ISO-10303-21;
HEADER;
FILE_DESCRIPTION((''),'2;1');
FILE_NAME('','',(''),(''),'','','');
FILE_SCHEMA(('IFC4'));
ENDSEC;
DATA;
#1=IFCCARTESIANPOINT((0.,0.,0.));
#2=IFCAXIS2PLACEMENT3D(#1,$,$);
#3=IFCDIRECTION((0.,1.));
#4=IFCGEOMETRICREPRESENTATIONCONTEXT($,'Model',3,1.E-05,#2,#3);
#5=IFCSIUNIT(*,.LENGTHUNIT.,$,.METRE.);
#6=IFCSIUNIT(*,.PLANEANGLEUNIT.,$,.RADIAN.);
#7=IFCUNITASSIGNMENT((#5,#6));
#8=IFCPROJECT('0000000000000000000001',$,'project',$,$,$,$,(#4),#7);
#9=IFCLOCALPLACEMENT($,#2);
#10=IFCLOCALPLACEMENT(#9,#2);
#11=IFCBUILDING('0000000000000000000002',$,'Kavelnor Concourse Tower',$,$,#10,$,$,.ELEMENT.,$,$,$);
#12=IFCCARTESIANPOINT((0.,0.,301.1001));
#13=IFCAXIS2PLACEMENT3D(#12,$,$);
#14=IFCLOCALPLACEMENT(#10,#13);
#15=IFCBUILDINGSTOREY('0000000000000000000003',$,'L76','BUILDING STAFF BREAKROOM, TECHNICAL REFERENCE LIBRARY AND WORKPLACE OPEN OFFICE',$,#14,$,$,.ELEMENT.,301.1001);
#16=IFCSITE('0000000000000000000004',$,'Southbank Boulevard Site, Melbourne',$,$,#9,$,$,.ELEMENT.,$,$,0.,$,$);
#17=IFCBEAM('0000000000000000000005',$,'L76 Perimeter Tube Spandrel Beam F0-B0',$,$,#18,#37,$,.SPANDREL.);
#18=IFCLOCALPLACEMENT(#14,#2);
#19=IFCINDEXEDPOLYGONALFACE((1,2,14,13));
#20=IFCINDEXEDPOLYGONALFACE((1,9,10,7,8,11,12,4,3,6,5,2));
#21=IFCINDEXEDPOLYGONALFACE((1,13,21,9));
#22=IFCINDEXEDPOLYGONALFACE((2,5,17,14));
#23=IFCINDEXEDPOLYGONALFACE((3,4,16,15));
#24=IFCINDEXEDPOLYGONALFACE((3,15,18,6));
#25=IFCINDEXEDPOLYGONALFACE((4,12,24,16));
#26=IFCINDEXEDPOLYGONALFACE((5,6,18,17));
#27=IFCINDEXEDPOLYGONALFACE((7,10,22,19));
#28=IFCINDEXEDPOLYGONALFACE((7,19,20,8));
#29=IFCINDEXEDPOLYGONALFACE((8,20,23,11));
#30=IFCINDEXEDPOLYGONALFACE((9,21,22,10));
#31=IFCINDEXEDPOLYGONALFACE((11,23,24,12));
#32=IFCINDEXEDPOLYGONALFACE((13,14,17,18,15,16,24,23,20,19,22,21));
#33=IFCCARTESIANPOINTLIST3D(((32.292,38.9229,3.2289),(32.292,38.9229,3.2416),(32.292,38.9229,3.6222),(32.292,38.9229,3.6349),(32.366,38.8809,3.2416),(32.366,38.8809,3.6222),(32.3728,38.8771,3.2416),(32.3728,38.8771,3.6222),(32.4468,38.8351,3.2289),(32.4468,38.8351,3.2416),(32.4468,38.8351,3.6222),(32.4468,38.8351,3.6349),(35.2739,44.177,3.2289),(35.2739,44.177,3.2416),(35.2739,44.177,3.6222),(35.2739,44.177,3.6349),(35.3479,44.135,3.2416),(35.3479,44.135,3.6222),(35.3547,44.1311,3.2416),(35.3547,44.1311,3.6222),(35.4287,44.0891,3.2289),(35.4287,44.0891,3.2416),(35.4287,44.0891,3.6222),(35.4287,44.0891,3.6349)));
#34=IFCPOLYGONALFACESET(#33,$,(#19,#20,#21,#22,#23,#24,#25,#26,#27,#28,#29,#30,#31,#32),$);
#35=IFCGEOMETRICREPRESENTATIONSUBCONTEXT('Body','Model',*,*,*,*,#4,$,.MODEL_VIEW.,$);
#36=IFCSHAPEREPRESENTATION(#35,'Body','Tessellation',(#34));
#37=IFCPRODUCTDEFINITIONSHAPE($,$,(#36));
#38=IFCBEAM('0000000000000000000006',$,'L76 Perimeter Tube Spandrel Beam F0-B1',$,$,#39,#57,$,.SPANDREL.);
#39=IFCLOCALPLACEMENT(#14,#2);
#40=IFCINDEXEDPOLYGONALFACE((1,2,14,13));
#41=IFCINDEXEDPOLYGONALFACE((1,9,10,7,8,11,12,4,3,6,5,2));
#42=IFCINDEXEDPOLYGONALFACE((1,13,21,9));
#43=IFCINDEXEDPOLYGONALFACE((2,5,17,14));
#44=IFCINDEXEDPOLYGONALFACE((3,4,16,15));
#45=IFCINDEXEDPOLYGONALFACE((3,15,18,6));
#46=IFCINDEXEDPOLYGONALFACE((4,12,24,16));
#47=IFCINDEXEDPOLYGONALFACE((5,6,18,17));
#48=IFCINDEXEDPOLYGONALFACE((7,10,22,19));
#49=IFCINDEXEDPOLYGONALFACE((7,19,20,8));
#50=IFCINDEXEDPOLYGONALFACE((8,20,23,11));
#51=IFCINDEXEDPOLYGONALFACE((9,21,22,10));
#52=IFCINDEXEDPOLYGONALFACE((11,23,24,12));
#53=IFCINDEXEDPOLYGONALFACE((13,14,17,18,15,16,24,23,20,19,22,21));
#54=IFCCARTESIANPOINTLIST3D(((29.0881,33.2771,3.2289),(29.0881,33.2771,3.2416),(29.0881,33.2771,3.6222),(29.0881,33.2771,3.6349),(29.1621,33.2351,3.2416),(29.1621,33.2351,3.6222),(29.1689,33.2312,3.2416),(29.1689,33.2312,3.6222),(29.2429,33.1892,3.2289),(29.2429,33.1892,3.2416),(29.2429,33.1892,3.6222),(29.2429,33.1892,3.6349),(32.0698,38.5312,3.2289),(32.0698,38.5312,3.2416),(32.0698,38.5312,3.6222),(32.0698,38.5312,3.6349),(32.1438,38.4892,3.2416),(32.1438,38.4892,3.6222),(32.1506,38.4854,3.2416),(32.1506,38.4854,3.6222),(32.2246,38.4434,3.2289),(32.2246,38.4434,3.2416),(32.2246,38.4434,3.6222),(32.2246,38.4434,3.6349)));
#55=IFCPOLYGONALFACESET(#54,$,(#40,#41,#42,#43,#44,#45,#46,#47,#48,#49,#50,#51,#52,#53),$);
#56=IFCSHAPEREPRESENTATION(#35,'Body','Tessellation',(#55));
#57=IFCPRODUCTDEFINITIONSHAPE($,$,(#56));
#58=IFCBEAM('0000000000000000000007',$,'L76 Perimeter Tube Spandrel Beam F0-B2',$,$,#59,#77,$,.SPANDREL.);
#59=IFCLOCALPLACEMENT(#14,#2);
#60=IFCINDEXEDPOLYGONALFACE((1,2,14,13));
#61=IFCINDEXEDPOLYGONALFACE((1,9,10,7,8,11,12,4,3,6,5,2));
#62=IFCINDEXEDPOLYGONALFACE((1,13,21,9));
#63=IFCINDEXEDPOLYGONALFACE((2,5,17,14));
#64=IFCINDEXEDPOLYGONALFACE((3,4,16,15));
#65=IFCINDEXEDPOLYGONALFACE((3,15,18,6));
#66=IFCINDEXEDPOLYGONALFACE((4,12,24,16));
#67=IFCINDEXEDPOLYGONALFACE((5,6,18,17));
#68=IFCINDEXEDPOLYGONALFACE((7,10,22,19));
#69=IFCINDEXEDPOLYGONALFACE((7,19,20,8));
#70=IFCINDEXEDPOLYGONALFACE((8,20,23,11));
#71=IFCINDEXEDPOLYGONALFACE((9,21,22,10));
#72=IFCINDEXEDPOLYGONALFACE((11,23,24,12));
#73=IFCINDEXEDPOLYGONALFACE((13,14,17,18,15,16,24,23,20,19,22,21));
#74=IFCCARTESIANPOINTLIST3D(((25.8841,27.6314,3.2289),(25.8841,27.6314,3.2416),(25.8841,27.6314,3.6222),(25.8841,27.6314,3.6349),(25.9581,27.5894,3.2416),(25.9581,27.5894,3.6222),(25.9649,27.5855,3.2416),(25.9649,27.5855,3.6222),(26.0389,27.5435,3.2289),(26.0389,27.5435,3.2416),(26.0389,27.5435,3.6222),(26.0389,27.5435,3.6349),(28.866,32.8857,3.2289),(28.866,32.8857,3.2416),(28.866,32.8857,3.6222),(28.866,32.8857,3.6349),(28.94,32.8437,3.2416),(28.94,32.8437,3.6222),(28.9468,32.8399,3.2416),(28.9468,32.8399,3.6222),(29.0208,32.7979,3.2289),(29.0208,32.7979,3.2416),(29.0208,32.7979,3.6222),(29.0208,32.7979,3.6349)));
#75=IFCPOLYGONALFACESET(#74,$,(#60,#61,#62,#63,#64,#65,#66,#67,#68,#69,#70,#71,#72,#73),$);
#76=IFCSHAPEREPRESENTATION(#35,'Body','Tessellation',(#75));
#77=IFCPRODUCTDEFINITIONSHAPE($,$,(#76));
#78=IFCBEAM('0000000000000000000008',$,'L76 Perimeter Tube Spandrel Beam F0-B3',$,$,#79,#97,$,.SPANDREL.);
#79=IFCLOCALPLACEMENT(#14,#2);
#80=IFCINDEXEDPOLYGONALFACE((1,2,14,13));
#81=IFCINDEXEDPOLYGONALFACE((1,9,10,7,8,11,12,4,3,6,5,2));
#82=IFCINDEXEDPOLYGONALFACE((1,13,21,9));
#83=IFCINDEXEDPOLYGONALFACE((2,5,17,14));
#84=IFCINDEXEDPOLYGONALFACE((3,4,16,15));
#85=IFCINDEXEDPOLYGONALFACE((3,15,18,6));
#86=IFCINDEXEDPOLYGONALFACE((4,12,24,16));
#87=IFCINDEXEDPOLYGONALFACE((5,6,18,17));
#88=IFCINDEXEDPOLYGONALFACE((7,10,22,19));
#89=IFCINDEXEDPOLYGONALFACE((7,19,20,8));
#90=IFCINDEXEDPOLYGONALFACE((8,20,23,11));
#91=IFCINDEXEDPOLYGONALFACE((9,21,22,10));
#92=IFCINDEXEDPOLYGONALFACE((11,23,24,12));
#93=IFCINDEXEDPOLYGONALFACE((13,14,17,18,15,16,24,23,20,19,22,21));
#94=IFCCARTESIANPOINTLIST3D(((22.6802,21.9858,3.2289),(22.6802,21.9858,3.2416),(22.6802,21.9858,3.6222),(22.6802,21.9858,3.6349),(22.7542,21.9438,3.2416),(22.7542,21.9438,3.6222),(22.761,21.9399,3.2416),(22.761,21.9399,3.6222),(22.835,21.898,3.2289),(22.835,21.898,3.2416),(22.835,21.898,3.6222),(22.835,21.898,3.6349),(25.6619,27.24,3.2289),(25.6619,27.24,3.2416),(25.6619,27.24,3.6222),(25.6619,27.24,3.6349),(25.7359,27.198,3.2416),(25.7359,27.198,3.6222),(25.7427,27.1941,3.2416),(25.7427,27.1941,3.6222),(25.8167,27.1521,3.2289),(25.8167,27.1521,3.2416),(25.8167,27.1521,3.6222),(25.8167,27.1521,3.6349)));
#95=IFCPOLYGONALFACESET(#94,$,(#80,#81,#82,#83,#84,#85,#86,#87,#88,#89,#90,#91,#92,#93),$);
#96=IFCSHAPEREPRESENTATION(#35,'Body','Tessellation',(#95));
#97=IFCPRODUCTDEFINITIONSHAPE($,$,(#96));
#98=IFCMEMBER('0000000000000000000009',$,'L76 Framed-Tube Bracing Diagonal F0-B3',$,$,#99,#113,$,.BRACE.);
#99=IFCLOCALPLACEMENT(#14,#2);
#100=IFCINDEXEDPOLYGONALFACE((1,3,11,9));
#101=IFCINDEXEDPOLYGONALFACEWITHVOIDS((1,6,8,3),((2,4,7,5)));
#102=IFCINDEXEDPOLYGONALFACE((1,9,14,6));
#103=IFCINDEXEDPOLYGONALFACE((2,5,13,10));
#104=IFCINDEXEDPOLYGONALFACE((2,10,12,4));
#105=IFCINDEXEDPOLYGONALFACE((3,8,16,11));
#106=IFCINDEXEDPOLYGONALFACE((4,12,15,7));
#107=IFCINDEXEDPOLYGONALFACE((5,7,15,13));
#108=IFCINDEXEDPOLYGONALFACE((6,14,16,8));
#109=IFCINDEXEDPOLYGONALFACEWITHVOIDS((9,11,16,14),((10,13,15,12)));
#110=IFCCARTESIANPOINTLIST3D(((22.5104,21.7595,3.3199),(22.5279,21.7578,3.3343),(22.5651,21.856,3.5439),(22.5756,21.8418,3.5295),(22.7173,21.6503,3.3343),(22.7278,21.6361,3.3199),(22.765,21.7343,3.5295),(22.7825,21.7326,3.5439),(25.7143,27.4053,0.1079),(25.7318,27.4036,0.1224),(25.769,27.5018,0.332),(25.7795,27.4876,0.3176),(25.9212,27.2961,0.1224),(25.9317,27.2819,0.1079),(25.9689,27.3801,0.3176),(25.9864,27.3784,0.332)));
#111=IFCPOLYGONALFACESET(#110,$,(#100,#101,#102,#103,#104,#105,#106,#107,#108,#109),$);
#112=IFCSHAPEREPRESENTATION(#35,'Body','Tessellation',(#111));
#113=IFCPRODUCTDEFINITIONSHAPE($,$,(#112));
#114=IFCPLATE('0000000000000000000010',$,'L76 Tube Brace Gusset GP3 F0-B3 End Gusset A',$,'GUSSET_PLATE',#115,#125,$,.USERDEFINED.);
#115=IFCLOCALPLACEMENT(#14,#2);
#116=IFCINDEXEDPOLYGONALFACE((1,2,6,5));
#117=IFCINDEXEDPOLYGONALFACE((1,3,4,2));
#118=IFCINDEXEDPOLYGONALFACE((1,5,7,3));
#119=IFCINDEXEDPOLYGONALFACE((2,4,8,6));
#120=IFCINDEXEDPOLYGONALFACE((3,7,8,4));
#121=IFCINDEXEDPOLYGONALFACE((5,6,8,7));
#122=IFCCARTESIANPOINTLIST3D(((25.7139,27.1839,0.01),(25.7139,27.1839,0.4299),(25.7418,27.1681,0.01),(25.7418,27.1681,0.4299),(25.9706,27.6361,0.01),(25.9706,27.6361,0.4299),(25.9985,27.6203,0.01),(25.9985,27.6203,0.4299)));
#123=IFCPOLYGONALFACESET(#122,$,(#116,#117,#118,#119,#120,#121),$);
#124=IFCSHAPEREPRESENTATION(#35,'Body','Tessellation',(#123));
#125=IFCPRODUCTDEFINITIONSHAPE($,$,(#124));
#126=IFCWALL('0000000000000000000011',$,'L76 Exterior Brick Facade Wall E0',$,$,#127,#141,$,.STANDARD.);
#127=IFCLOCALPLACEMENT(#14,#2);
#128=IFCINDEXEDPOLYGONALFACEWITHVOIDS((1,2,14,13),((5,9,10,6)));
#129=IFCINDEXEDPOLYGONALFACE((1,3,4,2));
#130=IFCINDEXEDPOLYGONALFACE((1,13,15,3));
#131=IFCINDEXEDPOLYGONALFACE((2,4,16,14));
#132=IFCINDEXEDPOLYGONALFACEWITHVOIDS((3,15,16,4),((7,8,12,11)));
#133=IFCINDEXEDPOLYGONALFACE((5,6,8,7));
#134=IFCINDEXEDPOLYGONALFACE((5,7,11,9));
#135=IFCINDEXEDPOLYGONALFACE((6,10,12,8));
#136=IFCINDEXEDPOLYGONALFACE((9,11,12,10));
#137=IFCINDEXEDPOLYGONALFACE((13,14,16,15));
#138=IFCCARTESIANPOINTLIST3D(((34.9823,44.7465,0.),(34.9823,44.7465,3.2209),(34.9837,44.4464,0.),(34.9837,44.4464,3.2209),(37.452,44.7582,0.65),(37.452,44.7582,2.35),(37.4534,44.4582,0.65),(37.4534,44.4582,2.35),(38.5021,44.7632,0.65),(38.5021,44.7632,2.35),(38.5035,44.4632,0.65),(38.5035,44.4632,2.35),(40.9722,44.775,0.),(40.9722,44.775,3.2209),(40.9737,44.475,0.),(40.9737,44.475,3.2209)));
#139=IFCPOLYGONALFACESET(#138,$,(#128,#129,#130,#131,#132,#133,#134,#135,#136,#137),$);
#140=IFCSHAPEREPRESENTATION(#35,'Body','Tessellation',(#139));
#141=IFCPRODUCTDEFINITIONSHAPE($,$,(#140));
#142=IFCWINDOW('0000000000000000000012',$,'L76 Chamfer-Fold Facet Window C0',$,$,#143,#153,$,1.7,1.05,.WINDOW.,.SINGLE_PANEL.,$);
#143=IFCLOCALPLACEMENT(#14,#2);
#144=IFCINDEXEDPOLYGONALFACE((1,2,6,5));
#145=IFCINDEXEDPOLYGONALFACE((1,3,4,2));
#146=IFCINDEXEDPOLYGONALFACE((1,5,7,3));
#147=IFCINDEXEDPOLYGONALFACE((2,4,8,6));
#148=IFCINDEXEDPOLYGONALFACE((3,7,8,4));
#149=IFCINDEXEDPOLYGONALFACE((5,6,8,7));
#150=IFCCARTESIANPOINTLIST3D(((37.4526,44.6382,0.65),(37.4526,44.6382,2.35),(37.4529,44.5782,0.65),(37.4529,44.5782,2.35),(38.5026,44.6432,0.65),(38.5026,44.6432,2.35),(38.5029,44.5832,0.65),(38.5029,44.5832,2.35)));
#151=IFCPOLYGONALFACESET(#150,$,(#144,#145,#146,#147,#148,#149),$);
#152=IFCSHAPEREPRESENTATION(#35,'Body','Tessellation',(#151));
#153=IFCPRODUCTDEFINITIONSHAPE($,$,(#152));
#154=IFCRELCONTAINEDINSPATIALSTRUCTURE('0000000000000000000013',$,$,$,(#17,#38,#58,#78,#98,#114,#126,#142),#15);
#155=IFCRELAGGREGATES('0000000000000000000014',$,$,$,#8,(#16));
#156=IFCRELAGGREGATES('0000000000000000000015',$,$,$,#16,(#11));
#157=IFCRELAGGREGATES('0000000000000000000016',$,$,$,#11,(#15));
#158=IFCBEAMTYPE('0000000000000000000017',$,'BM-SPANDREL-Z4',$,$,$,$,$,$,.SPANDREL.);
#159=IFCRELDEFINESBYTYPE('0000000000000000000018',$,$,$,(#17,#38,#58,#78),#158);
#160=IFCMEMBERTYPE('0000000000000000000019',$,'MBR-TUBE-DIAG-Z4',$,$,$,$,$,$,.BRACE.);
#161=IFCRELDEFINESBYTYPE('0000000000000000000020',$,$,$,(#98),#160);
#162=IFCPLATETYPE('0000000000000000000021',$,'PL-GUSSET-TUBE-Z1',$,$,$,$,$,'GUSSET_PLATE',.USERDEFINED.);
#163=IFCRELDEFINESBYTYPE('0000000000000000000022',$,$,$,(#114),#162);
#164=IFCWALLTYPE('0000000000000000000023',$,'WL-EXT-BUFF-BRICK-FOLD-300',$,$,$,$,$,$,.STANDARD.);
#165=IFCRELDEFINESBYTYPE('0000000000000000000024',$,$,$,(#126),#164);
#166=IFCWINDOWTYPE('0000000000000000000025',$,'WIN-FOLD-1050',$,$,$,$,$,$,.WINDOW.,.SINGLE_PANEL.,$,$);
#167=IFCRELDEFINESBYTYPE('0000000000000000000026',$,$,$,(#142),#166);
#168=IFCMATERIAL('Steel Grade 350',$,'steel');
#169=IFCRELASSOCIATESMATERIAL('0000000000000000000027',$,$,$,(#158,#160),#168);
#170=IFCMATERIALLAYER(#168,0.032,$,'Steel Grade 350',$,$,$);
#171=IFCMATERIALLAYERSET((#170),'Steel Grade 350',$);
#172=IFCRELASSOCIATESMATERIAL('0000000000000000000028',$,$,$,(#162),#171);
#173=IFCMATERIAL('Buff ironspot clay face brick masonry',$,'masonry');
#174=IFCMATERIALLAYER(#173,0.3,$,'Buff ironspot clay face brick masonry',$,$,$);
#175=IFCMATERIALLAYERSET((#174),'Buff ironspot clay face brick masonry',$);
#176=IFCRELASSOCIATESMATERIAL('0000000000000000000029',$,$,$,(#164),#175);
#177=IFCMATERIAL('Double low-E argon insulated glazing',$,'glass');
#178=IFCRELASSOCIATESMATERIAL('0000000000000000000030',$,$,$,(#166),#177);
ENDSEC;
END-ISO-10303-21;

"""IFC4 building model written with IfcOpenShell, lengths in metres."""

from ifc_helpers import new_model, si_unit, direction, frame, frame_2d, origin, origin_2d, place, context, subcontext, project, spatial, rectangle, hollow_rectangle, i_section, extrude, material, layer, layer_set, material_profile, profile_set, type_object, element, fill, save


model = new_model("IFC4")

# Units and contexts
model_context = context("Model", 3, precision=1e-05, world=origin(), true_north=direction((0.0, 1.0)))
body_context = subcontext(model_context, "Body", "Model", "MODEL_VIEW")
ifc_project = project(units=[si_unit("LENGTHUNIT", "METRE"), si_unit("PLANEANGLEUNIT", "RADIAN")], contexts=[model_context])

# Site, building, storey
site_placement = place(None, origin())
site = spatial("IfcSite", under=ifc_project, at=site_placement, Name="Southbank Boulevard Site, Melbourne", CompositionType="ELEMENT", RefElevation=0.0)
building_placement = place(site_placement, origin())
building = spatial("IfcBuilding", under=site, at=building_placement, Name="Kavelnor Concourse Tower", CompositionType="ELEMENT")
storey_placement = place(building_placement, frame((0.0, 0.0, 301.1001)))
storey = spatial("IfcBuildingStorey", under=building, at=storey_placement, Name="L76", Description="BUILDING STAFF BREAKROOM, TECHNICAL REFERENCE LIBRARY AND WORKPLACE OPEN OFFICE", CompositionType="ELEMENT", Elevation=301.1001)

# Shared definitions
ifc_material_1 = material(Name="Steel Grade 350", Category="steel")

# Beams
ifc_material_profile_1 = material_profile(ifc_material_1, i_section(OverallWidth=0.178, OverallDepth=0.406, WebThickness=0.0078, FlangeThickness=0.0127, at=origin_2d()), Name="410UB59")
ifc_profile_set_1 = profile_set([ifc_material_profile_1], Name="Steel Grade 350")
beam_type_1 = type_object("IfcBeamType", Name="BM-SPANDREL-Z4", PredefinedType="SPANDREL", material=ifc_profile_set_1)
for number, where, z_axis, x_axis, name in (
    (1, (35.3513, 44.1331, 3.4319), (-0.493587, -0.869697, 0.0), (0.869697, -0.493587, 0.0), "L76 Perimeter Tube Spandrel Beam F0-B0"),
    (2, (32.1472, 38.4873, 3.4319), (-0.493556, -0.869714, 0.0), (0.869714, -0.493556, 0.0), "L76 Perimeter Tube Spandrel Beam F0-B1"),
):
    element("IfcBeam", number, at=place(storey_placement, frame(where, z_axis=z_axis, x_axis=x_axis)), inside=storey, type_object=beam_type_1, Name=name, PredefinedType="SPANDREL", context=body_context, shape_type="SweptSolid", body=[
        extrude(i_section(OverallWidth=0.178, OverallDepth=0.406, WebThickness=0.0078, FlangeThickness=0.0127, at=origin_2d()), origin(), (0.0, 0.0, 1.0), 6.0413),
    ])
beam_1_placement = place(storey_placement, frame((28.9434, 32.8418, 3.4319), z_axis=(-0.493569, -0.869707, 0.0), x_axis=(0.869707, -0.493569, 0.0)))
element("IfcBeam", 3, at=beam_1_placement, inside=storey, type_object=beam_type_1, Name="L76 Perimeter Tube Spandrel Beam F0-B2", PredefinedType="SPANDREL", context=body_context, shape_type="SweptSolid", body=[
    extrude(i_section(OverallWidth=0.178, OverallDepth=0.406, WebThickness=0.0078, FlangeThickness=0.0127, at=origin_2d()), origin(), (0.0, 0.0, 1.0), 6.0415),
])
beam_2_placement = place(storey_placement, frame((25.7393, 27.196, 3.4319), z_axis=(-0.493556, -0.869714, 0.0), x_axis=(0.869714, -0.493556, 0.0)))
element("IfcBeam", 4, at=beam_2_placement, inside=storey, type_object=beam_type_1, Name="L76 Perimeter Tube Spandrel Beam F0-B3", PredefinedType="SPANDREL", context=body_context, shape_type="SweptSolid", body=[
    extrude(i_section(OverallWidth=0.178, OverallDepth=0.406, WebThickness=0.0078, FlangeThickness=0.0127, at=origin_2d()), origin(), (0.0, 0.0, 1.0), 6.0413),
])

# Member
ifc_material_profile_2 = material_profile(ifc_material_1, hollow_rectangle(XDim=0.25, YDim=0.25, WallThickness=0.0161, at=origin_2d()), Name="SHS 250x250x16")
ifc_profile_set_2 = profile_set([ifc_material_profile_2], Name="Steel Grade 350")
member_type = type_object("IfcMemberType", Name="MBR-TUBE-DIAG-Z4", PredefinedType="BRACE", material=ifc_profile_set_2)
member_placement = place(storey_placement, frame((25.8503, 27.3918, 0.22), z_axis=(-0.442361, -0.779517, 0.443474), x_axis=(0.869718, -0.493549, 0.0)))
element("IfcMember", 5, at=member_placement, inside=storey, type_object=member_type, Name="L76 Framed-Tube Bracing Diagonal F0-B3", PredefinedType="BRACE", context=body_context, shape_type="SweptSolid", body=[
    extrude(hollow_rectangle(XDim=0.25, YDim=0.25, WallThickness=0.0161, at=origin_2d()), origin(), (0.0, 0.0, 1.0), 7.2427),
])

# Plate
ifc_layer_1 = layer(ifc_material_1, 0.032, Name="Steel Grade 350")
ifc_layer_set_1 = layer_set([ifc_layer_1], Name="Steel Grade 350")
plate_type = type_object("IfcPlateType", Name="PL-GUSSET-TUBE-Z1", ElementType="GUSSET_PLATE", PredefinedType="USERDEFINED", material=ifc_layer_set_1)
plate_placement = place(storey_placement, frame((25.8562, 27.4021, 0.01), z_axis=(0.0, 0.0, 1.0), x_axis=(-0.493638, -0.869667, 0.0)))
element("IfcPlate", 6, at=plate_placement, inside=storey, type_object=plate_type, Name="L76 Tube Brace Gusset GP3 F0-B3 End Gusset A", ObjectType="GUSSET_PLATE", PredefinedType="USERDEFINED", context=body_context, shape_type="SweptSolid", body=[
    extrude(rectangle(XDim=0.52, YDim=0.032, at=origin_2d()), origin(), (0.0, 0.0, 1.0), 0.4199),
])

# Wall, opening, window
ifc_material_2 = material(Name="Buff ironspot clay face brick masonry", Category="masonry")
ifc_layer_2 = layer(ifc_material_2, 0.3, Name="Buff ironspot clay face brick masonry")
ifc_layer_set_2 = layer_set([ifc_layer_2], Name="Buff ironspot clay face brick masonry")
wall_type_1 = type_object("IfcWallType", Name="WL-EXT-BUFF-BRICK-FOLD-300", PredefinedType="STANDARD", material=ifc_layer_set_2)
wall_1_placement = place(storey_placement, frame((34.9829, 44.5964, 0.0), z_axis=(0.0, 0.0, 1.0), x_axis=(0.999989, 0.004769, 0.0)))
wall_1 = element("IfcWall", 7, at=wall_1_placement, inside=storey, type_object=wall_type_1, Name="L76 Exterior Brick Facade Wall E0", PredefinedType="STANDARD", context=body_context, shape_type="SweptSolid", body=[
    extrude(rectangle(XDim=5.99, YDim=0.3, at=frame_2d((2.9951, 0.0))), origin(), (0.0, 0.0, 1.0), 3.2209),
])
opening_1_placement = place(wall_1_placement, frame((2.47, 0.0, 0.6499)))
opening_1 = element("IfcOpeningElement", 8, at=opening_1_placement, cuts=wall_1, PredefinedType="OPENING", context=body_context, shape_type="SweptSolid", body=[
    extrude(rectangle(XDim=1.05, YDim=1.7, at=frame_2d((0.5249, 0.8501))), frame((0.0, 0.1602, 0.0), z_axis=(0.0, -1.0, 0.0), x_axis=(1.0, 0.0, 0.0)), (0.0, 0.0, 1.0), 0.3201),
])
ifc_material_3 = material(Name="Double low-E argon insulated glazing", Category="glass")
window_type = type_object("IfcWindowType", Name="WIN-FOLD-1050", PartitioningType="SINGLE_PANEL", PredefinedType="WINDOW", material=ifc_material_3)
window_placement = place(opening_1_placement, origin())
window = element("IfcWindow", 9, at=window_placement, inside=storey, type_object=window_type, Name="L76 Chamfer-Fold Facet Window C0", OverallHeight=1.7, OverallWidth=1.05, PartitioningType="SINGLE_PANEL", PredefinedType="WINDOW", context=body_context, shape_type="SweptSolid", body=[
    extrude(rectangle(XDim=1.05, YDim=1.7, at=frame_2d((0.5249, 0.8501))), frame((0.0, 0.03, 0.0), z_axis=(0.0, -1.0, 0.0), x_axis=(1.0, 0.0, 0.0)), (0.0, 0.0, 1.0), 0.0601),
])
fill(opening_1, window)

save(model, "model.ifc")
